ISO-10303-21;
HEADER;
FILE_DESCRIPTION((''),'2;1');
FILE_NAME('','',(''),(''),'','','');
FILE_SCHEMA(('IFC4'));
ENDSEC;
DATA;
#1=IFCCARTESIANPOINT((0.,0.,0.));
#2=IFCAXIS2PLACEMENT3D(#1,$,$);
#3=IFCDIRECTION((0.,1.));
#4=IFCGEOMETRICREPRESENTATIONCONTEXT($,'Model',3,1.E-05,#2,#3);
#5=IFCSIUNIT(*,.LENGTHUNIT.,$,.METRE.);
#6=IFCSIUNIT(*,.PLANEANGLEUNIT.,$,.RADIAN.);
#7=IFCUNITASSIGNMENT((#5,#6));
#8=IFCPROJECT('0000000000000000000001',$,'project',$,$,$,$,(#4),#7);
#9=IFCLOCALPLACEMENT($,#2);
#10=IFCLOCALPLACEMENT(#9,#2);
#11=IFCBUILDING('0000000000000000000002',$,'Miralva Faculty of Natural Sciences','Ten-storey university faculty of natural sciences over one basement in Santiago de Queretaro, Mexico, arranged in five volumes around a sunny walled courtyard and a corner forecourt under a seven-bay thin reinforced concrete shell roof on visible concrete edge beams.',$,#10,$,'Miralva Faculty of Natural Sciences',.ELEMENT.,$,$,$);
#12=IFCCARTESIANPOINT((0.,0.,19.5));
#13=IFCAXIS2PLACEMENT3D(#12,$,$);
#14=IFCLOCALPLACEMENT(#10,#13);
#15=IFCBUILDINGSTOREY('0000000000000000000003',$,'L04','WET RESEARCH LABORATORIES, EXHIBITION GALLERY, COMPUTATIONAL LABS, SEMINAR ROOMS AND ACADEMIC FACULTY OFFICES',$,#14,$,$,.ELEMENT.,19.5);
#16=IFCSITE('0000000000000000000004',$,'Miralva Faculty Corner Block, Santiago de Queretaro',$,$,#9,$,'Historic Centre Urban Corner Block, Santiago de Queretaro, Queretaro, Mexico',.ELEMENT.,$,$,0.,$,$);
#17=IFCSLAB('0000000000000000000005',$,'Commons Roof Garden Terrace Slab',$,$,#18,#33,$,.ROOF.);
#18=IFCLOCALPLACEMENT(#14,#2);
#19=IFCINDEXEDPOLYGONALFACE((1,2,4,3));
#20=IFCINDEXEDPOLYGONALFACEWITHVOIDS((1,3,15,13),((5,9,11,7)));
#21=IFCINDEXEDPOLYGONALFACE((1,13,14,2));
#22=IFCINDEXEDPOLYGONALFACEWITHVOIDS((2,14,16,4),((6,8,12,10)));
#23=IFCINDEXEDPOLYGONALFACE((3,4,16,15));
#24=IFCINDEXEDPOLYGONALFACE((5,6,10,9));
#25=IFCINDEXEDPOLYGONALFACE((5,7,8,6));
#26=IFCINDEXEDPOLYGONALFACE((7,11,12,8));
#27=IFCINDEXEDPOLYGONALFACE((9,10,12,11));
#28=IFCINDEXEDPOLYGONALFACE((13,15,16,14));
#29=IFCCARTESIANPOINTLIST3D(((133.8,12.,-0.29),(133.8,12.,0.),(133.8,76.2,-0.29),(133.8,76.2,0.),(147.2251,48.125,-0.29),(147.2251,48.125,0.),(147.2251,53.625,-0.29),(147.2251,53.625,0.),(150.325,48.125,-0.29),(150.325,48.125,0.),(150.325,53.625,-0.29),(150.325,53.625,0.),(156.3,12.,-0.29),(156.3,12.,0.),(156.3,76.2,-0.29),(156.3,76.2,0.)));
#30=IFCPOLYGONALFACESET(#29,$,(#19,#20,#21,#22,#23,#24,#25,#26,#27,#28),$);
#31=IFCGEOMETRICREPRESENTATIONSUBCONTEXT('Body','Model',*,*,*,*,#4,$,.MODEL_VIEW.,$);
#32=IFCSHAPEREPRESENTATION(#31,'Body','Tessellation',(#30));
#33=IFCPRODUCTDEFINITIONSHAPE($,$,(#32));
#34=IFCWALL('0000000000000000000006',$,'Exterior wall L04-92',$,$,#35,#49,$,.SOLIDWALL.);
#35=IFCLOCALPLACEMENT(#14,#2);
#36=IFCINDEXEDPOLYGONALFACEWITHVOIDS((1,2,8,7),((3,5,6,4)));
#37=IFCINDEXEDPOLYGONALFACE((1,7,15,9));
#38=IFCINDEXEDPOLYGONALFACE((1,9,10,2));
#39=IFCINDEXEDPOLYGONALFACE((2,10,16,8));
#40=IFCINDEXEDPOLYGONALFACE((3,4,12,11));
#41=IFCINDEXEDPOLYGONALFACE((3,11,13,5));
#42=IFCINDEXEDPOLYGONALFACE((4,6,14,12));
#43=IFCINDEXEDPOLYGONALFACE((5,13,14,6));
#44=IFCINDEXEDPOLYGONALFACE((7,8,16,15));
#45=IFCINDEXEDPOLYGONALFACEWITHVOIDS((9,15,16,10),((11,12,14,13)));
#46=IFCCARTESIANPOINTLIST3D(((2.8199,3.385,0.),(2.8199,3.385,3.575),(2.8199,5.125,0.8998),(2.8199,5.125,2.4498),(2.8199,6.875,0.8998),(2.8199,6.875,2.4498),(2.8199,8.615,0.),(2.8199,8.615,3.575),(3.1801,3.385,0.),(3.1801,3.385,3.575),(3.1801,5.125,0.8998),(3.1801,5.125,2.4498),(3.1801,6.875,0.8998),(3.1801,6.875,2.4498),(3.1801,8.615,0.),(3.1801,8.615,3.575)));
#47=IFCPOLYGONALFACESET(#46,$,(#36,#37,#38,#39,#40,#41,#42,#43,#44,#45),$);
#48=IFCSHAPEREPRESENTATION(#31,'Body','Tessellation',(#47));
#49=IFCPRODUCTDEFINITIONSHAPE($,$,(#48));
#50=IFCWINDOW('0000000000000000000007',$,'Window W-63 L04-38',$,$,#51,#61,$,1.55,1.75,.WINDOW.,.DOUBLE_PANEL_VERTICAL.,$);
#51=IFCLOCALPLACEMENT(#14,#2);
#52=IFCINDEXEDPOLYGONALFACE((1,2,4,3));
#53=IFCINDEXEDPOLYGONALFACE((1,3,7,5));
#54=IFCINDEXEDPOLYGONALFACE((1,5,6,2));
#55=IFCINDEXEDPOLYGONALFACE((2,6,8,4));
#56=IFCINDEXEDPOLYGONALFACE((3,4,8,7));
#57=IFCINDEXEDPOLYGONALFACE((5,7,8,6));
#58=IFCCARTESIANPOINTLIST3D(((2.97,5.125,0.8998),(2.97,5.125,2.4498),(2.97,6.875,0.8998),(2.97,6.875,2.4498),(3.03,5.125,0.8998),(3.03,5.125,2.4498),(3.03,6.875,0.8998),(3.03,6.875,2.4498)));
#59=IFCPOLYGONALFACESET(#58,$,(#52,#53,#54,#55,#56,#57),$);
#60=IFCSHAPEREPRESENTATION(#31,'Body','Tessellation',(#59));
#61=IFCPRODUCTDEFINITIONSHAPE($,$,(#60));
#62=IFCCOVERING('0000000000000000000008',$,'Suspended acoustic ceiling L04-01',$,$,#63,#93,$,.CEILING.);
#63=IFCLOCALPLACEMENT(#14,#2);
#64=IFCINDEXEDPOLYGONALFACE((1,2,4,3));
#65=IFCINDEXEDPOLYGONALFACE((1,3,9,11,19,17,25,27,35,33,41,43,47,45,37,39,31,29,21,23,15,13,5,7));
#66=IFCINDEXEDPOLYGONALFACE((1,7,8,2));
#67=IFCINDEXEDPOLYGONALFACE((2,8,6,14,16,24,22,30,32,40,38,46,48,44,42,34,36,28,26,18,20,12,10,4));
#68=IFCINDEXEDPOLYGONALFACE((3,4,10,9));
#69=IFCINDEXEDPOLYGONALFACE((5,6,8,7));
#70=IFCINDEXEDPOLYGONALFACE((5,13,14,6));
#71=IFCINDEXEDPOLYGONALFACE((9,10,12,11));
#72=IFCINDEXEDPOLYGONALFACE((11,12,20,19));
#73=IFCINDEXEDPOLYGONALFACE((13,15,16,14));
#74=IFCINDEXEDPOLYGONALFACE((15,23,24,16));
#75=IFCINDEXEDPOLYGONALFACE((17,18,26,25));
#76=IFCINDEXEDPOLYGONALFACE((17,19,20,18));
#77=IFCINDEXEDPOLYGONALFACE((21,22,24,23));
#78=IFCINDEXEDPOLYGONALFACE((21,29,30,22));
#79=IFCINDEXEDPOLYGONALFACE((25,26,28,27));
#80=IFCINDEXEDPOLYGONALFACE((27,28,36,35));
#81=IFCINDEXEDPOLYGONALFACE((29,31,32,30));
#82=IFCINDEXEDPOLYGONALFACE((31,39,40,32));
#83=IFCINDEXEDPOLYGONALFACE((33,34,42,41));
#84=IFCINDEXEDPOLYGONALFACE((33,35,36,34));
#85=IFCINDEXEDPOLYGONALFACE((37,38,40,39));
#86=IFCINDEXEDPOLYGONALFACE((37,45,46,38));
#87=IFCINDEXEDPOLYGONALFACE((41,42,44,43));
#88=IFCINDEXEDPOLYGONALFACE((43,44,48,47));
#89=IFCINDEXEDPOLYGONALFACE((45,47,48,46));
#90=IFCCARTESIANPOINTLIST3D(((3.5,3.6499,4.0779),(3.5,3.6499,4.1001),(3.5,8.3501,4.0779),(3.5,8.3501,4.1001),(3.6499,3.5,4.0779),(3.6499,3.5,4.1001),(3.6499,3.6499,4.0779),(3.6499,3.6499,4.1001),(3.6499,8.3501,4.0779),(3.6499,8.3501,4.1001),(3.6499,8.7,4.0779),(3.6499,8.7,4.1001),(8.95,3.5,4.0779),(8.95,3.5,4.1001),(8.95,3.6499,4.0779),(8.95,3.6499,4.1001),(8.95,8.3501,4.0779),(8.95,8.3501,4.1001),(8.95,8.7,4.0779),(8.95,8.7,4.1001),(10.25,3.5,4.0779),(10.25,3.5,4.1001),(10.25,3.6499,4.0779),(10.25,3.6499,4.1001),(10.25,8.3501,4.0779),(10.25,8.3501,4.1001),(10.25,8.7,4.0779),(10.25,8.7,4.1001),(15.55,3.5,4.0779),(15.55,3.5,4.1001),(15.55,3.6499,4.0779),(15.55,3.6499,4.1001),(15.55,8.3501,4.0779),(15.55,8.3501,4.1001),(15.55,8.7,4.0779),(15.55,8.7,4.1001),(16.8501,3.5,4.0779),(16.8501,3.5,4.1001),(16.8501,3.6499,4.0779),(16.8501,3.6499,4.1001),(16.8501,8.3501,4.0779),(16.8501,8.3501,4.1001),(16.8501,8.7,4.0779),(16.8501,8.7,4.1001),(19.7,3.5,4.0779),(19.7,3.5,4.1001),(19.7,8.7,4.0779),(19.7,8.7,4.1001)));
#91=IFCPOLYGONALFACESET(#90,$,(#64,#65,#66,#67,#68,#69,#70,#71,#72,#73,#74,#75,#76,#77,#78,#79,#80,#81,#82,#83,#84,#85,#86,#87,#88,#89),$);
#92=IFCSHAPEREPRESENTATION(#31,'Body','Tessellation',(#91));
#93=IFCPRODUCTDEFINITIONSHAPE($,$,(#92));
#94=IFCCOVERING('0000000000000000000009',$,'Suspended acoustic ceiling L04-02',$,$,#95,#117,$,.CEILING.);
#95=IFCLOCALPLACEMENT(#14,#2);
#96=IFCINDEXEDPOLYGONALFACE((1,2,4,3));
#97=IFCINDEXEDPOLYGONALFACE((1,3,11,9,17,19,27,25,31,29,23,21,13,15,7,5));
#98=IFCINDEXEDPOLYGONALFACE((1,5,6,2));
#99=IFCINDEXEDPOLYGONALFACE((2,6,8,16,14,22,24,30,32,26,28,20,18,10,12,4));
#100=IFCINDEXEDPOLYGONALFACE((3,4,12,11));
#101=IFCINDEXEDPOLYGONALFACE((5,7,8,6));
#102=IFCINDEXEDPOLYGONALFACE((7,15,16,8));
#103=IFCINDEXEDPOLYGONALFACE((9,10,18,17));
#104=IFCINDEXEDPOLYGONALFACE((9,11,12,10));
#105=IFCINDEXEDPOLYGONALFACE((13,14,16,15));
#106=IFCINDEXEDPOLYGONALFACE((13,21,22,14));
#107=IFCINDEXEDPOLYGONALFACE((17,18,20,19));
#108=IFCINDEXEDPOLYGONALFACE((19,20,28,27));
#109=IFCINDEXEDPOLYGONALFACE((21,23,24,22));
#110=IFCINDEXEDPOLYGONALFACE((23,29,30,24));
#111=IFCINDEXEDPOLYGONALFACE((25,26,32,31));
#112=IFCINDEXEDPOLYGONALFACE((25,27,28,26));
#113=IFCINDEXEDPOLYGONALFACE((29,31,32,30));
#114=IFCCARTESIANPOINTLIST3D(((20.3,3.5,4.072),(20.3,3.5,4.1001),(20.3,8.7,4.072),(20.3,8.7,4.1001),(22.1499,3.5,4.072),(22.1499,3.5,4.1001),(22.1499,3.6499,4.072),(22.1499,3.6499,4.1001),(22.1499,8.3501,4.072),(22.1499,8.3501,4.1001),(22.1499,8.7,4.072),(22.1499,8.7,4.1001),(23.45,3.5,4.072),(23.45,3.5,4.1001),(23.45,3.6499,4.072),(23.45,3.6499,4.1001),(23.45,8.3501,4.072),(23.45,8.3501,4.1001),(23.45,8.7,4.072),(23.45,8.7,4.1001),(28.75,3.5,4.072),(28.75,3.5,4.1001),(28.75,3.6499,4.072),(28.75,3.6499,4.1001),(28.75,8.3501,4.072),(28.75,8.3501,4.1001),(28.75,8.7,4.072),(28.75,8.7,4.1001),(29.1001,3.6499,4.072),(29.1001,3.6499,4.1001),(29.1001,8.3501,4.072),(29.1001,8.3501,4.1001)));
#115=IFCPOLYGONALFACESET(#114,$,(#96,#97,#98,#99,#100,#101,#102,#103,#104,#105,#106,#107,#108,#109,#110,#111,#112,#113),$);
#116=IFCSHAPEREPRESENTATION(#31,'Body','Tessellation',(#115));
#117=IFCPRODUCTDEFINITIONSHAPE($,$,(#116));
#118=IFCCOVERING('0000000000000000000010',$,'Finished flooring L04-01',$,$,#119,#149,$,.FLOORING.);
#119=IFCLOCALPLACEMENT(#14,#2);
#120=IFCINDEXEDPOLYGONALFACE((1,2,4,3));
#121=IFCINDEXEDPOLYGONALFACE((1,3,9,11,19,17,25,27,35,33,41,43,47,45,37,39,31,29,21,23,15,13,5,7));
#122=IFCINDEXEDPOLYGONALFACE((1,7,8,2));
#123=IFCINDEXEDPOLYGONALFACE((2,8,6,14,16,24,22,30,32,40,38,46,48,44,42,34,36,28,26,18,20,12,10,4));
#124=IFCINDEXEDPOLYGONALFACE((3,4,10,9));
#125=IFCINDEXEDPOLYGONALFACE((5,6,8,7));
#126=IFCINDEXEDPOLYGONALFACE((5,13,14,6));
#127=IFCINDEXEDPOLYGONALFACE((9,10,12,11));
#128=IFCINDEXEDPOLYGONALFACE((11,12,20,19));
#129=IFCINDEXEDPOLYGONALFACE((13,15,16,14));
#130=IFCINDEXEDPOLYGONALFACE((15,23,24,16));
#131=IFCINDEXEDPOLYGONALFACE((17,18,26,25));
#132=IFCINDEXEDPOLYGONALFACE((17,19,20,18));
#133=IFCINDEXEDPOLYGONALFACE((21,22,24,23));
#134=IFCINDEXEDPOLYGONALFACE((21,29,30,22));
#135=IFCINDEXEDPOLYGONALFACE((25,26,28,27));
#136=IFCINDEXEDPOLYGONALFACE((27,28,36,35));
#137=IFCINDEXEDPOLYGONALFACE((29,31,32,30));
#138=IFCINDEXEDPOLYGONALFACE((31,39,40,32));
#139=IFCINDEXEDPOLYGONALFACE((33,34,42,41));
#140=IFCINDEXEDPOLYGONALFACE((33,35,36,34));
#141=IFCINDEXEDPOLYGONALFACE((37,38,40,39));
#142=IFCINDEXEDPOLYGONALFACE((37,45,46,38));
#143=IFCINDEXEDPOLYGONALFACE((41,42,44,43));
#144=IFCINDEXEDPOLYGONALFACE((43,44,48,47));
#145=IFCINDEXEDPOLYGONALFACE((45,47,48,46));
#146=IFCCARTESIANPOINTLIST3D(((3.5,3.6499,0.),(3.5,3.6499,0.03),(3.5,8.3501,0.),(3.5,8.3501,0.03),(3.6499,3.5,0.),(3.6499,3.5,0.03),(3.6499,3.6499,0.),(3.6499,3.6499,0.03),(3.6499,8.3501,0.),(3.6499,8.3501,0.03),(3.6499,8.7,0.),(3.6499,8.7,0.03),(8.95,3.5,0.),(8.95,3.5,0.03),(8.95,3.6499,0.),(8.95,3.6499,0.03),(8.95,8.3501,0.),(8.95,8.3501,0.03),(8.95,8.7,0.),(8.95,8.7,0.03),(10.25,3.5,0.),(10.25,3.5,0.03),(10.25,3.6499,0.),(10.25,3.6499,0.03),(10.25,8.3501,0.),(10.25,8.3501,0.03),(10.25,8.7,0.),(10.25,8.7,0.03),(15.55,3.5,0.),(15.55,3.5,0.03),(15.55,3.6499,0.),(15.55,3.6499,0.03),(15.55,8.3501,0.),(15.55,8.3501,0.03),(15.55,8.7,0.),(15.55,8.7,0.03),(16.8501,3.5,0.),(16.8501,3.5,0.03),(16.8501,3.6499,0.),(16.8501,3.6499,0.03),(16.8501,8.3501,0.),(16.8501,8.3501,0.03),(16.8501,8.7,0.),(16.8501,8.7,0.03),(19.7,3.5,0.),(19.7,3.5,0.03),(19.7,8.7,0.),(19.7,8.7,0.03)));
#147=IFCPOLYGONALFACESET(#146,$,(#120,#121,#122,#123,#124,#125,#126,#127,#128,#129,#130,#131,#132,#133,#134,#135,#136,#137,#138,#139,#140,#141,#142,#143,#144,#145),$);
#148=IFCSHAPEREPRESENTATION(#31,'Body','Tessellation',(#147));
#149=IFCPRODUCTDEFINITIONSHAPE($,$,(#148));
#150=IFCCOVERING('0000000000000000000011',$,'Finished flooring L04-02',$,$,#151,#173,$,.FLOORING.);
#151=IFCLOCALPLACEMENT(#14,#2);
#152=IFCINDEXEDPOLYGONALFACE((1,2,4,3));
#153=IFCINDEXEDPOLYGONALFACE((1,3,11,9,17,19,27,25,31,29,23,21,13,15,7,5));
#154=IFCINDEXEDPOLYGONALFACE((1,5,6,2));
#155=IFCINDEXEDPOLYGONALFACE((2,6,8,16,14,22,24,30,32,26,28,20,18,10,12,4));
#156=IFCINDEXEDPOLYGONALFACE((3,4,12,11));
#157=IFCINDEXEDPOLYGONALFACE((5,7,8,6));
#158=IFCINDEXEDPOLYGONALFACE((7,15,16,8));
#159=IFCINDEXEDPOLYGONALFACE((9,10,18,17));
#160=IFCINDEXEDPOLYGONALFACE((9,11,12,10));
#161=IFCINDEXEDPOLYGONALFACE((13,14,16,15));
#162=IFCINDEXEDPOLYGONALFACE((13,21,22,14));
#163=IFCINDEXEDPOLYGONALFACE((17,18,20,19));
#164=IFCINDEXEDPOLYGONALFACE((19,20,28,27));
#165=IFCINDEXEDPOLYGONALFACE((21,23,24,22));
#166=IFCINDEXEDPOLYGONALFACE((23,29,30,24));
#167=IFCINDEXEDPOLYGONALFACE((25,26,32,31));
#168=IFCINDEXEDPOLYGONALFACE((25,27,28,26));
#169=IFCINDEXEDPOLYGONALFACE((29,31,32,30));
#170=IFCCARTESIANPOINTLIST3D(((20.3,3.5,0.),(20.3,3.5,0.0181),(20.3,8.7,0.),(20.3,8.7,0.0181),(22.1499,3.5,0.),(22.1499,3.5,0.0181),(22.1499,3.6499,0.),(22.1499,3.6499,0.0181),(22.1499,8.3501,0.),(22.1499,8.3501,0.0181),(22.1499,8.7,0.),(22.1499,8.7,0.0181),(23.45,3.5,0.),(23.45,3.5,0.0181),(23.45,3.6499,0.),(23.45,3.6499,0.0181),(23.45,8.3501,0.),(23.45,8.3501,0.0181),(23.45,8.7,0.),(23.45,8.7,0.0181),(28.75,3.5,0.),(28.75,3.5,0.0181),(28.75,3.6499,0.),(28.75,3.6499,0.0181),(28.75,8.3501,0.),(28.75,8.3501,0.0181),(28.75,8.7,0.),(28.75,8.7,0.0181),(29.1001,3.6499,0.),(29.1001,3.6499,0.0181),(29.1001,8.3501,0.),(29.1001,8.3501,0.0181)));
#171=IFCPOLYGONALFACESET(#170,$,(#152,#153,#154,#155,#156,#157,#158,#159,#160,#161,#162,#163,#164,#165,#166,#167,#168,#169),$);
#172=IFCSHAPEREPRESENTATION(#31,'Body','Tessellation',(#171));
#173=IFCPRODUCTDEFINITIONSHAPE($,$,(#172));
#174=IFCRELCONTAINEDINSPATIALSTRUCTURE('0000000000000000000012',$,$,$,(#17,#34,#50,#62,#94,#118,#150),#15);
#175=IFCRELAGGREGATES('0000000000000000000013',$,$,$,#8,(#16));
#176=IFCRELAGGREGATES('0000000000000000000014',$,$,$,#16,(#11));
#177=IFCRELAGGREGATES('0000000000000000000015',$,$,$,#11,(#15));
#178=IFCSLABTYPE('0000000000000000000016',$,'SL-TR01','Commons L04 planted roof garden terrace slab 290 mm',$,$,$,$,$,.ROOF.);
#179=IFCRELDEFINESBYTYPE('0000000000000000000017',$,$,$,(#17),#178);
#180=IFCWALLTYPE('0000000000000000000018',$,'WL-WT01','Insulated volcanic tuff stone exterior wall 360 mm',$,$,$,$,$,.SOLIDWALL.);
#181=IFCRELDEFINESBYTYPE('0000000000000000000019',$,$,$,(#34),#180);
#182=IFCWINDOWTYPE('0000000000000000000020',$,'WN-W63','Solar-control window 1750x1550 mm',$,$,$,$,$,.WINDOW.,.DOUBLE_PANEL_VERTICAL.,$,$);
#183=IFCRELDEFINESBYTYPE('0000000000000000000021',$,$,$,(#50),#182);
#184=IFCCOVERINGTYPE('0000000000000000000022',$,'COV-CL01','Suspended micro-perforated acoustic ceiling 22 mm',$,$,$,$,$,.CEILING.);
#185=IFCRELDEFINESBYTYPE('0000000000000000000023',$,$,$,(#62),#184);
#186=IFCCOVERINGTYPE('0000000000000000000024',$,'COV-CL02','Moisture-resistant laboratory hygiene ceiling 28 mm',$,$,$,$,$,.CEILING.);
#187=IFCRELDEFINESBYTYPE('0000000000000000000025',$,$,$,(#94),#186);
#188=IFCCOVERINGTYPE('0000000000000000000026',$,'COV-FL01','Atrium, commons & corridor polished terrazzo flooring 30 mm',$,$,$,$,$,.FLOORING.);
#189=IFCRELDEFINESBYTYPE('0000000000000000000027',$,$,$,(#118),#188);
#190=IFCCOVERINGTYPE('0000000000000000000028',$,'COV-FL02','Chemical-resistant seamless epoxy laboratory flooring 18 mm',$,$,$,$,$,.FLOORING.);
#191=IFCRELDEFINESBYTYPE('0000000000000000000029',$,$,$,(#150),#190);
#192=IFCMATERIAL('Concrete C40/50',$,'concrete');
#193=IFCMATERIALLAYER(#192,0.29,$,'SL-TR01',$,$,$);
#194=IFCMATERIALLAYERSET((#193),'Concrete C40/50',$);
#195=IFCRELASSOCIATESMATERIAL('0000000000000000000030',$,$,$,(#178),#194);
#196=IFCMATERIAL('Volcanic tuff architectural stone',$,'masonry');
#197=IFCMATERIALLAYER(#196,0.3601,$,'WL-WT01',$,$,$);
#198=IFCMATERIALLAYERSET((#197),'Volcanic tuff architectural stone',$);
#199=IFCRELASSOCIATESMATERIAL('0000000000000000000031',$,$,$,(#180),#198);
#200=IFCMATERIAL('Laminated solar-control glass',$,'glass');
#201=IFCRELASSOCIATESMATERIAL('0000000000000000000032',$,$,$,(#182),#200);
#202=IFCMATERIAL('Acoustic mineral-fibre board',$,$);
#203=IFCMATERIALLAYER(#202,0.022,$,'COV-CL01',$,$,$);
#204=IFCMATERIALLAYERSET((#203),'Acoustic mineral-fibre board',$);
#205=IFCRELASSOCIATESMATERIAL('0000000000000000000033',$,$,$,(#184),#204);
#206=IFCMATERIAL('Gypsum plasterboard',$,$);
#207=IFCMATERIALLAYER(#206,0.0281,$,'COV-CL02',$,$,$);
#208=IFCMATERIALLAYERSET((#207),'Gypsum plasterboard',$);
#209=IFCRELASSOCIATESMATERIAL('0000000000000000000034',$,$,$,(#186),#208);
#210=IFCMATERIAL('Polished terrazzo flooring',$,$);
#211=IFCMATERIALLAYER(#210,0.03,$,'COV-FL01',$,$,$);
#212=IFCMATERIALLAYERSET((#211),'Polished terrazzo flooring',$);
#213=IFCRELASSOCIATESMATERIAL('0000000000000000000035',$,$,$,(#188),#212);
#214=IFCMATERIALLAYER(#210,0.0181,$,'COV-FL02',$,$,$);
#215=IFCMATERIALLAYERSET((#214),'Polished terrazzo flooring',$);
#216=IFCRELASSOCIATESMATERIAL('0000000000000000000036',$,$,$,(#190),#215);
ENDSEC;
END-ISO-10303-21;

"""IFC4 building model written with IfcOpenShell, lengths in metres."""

from ifc_helpers import new_model, si_unit, direction, frame, frame_2d, origin, place, context, subcontext, project, spatial, polyline, rectangle, outline, extrude, material, layer, layer_set, type_object, element, fill, save


model = new_model("IFC4")

# Units and contexts
model_context = context("Model", 3, precision=1e-05, world=origin(), true_north=direction((0.0, 1.0)))
body_context = subcontext(model_context, "Body", "Model", "MODEL_VIEW")
ifc_project = project(units=[si_unit("LENGTHUNIT", "METRE"), si_unit("PLANEANGLEUNIT", "RADIAN")], contexts=[model_context])

# Site, building, storey
site_placement = place(None, origin())
site = spatial("IfcSite", under=ifc_project, at=site_placement, Name="Miralva Faculty Corner Block, Santiago de Queretaro", LongName="Historic Centre Urban Corner Block, Santiago de Queretaro, Queretaro, Mexico", CompositionType="ELEMENT", RefElevation=0.0)
building_placement = place(site_placement, origin())
building = spatial("IfcBuilding", under=site, at=building_placement, Name="Miralva Faculty of Natural Sciences", Description="Ten-storey university faculty of natural sciences over one basement in Santiago de Queretaro, Mexico, arranged in five volumes around a sunny walled courtyard and a corner forecourt under a seven-bay thin reinforced concrete shell roof on visible concrete edge beams.", LongName="Miralva Faculty of Natural Sciences", CompositionType="ELEMENT")
storey_placement = place(building_placement, frame((0.0, 0.0, 19.5)))
storey = spatial("IfcBuildingStorey", under=building, at=storey_placement, Name="L04", Description="WET RESEARCH LABORATORIES, EXHIBITION GALLERY, COMPUTATIONAL LABS, SEMINAR ROOMS AND ACADEMIC FACULTY OFFICES", CompositionType="ELEMENT", Elevation=19.5)

# Shared definitions
ifc_material_1 = material(Name="Concrete C40/50", Category="concrete")

# Shared definitions
ifc_material_2 = material(Name="Laminated solar-control glass", Category="glass")

# Slab
ifc_layer_1 = layer(ifc_material_1, 0.29, Name="SL-TR01")
ifc_layer_set_1 = layer_set([ifc_layer_1], Name="Concrete C40/50")
slab_type_1 = type_object("IfcSlabType", Name="SL-TR01", Description="Commons L04 planted roof garden terrace slab 290 mm", PredefinedType="ROOF", material=ifc_layer_set_1)
slab_1_placement = place(storey_placement, frame((0.0, 0.0, -0.29)))
element("IfcSlab", 1, at=slab_1_placement, inside=storey, type_object=slab_type_1, Name="Commons Roof Garden Terrace Slab", PredefinedType="ROOF", context=body_context, shape_type="SweptSolid", body=[
    extrude(outline(polyline([(156.3, 12.0), (133.8, 12.0), (133.8, 76.2), (156.3, 76.2), (156.3, 12.0)]), holes=[polyline([(150.325, 48.125), (147.2251, 48.125), (147.2251, 53.625), (150.325, 53.625), (150.325, 48.125)])]), origin(), (0.0, 0.0, 1.0), 0.29),
])

# Wall, opening, window
ifc_material_3 = material(Name="Volcanic tuff architectural stone", Category="masonry")
ifc_layer_2 = layer(ifc_material_3, 0.3601, Name="WL-WT01")
ifc_layer_set_2 = layer_set([ifc_layer_2], Name="Volcanic tuff architectural stone")
wall_type = type_object("IfcWallType", Name="WL-WT01", Description="Insulated volcanic tuff stone exterior wall 360 mm", PredefinedType="SOLIDWALL", material=ifc_layer_set_2)
wall_placement = place(storey_placement, frame((3.0, 3.385, 0.0), z_axis=(0.0, 0.0, 1.0), x_axis=(0.0, 1.0, 0.0)))
wall = element("IfcWall", 2, at=wall_placement, inside=storey, type_object=wall_type, Name="Exterior wall L04-92", PredefinedType="SOLIDWALL", context=body_context, shape_type="SweptSolid", body=[
    extrude(rectangle(XDim=5.23, YDim=0.3601, at=frame_2d((2.615, 0.0))), origin(), (0.0, 0.0, 1.0), 3.575),
])
opening_1_placement = place(wall_placement, frame((1.74, 0.0, 0.8999)))
opening_1 = element("IfcOpeningElement", 3, at=opening_1_placement, cuts=wall, PredefinedType="OPENING", context=body_context, shape_type="SweptSolid", body=[
    extrude(rectangle(XDim=1.75, YDim=1.55, at=frame_2d((0.875, 0.7749))), frame((0.0, 0.1899, 0.0), z_axis=(0.0, -1.0, 0.0), x_axis=(1.0, 0.0, 0.0)), (0.0, 0.0, 1.0), 0.3801),
])
window_type_1 = type_object("IfcWindowType", Name="WN-W63", Description="Solar-control window 1750x1550 mm", PartitioningType="DOUBLE_PANEL_VERTICAL", PredefinedType="WINDOW", material=ifc_material_2)
window_1_placement = place(opening_1_placement, origin())
window_1 = element("IfcWindow", 4, at=window_1_placement, inside=storey, type_object=window_type_1, Name="Window W-63 L04-38", OverallHeight=1.55, OverallWidth=1.75, PartitioningType="DOUBLE_PANEL_VERTICAL", PredefinedType="WINDOW", context=body_context, shape_type="SweptSolid", body=[
    extrude(rectangle(XDim=1.75, YDim=1.55, at=frame_2d((0.875, 0.7749))), frame((0.0, 0.03, 0.0), z_axis=(0.0, -1.0, 0.0), x_axis=(1.0, 0.0, 0.0)), (0.0, 0.0, 1.0), 0.0601),
])
fill(opening_1, window_1)

# Coverings
ifc_material_4 = material(Name="Acoustic mineral-fibre board")
ifc_layer_3 = layer(ifc_material_4, 0.022, Name="COV-CL01")
ifc_layer_set_3 = layer_set([ifc_layer_3], Name="Acoustic mineral-fibre board")
covering_type_1 = type_object("IfcCoveringType", Name="COV-CL01", Description="Suspended micro-perforated acoustic ceiling 22 mm", PredefinedType="CEILING", material=ifc_layer_set_3)
covering_1_placement = place(storey_placement, frame((0.0, 0.0, 4.0779)))
element("IfcCovering", 5, at=covering_1_placement, inside=storey, type_object=covering_type_1, Name="Suspended acoustic ceiling L04-01", PredefinedType="CEILING", context=body_context, shape_type="SweptSolid", body=[
    extrude(outline(polyline([(10.25, 3.6499), (8.95, 3.6499), (8.95, 3.5), (3.6499, 3.5), (3.6499, 3.6499), (3.5, 3.6499), (3.5, 8.3501), (3.6499, 8.3501), (3.6499, 8.7), (8.95, 8.7), (8.95, 8.3501), (10.25, 8.3501), (10.25, 8.7), (15.55, 8.7), (15.55, 8.3501), (16.8501, 8.3501), (16.8501, 8.7), (19.7, 8.7), (19.7, 3.5), (16.8501, 3.5), (16.8501, 3.6499), (15.55, 3.6499), (15.55, 3.5), (10.25, 3.5), (10.25, 3.6499)])), origin(), (0.0, 0.0, 1.0), 0.0222),
])
ifc_material_5 = material(Name="Gypsum plasterboard")
ifc_layer_4 = layer(ifc_material_5, 0.0281, Name="COV-CL02")
ifc_layer_set_4 = layer_set([ifc_layer_4], Name="Gypsum plasterboard")
covering_type_2 = type_object("IfcCoveringType", Name="COV-CL02", Description="Moisture-resistant laboratory hygiene ceiling 28 mm", PredefinedType="CEILING", material=ifc_layer_set_4)
covering_2_placement = place(storey_placement, frame((0.0, 0.0, 4.072)))
element("IfcCovering", 6, at=covering_2_placement, inside=storey, type_object=covering_type_2, Name="Suspended acoustic ceiling L04-02", PredefinedType="CEILING", context=body_context, shape_type="SweptSolid", body=[
    extrude(outline(polyline([(23.45, 3.6499), (22.1499, 3.6499), (22.1499, 3.5), (20.3, 3.5), (20.3, 8.7), (22.1499, 8.7), (22.1499, 8.3501), (23.45, 8.3501), (23.45, 8.7), (28.75, 8.7), (28.75, 8.3501), (29.1001, 8.3501), (29.1001, 3.6499), (28.75, 3.6499), (28.75, 3.5), (23.45, 3.5), (23.45, 3.6499)])), origin(), (0.0, 0.0, 1.0), 0.0281),
])
ifc_material_6 = material(Name="Polished terrazzo flooring")
ifc_layer_5 = layer(ifc_material_6, 0.03, Name="COV-FL01")
ifc_layer_set_5 = layer_set([ifc_layer_5], Name="Polished terrazzo flooring")
covering_type_3 = type_object("IfcCoveringType", Name="COV-FL01", Description="Atrium, commons & corridor polished terrazzo flooring 30 mm", PredefinedType="FLOORING", material=ifc_layer_set_5)
covering_3_placement = place(storey_placement, origin())
element("IfcCovering", 7, at=covering_3_placement, inside=storey, type_object=covering_type_3, Name="Finished flooring L04-01", PredefinedType="FLOORING", context=body_context, shape_type="SweptSolid", body=[
    extrude(outline(polyline([(10.25, 3.6499), (8.95, 3.6499), (8.95, 3.5), (3.6499, 3.5), (3.6499, 3.6499), (3.5, 3.6499), (3.5, 8.3501), (3.6499, 8.3501), (3.6499, 8.7), (8.95, 8.7), (8.95, 8.3501), (10.25, 8.3501), (10.25, 8.7), (15.55, 8.7), (15.55, 8.3501), (16.8501, 8.3501), (16.8501, 8.7), (19.7, 8.7), (19.7, 3.5), (16.8501, 3.5), (16.8501, 3.6499), (15.55, 3.6499), (15.55, 3.5), (10.25, 3.5), (10.25, 3.6499)])), origin(), (0.0, 0.0, 1.0), 0.03),
])
ifc_layer_6 = layer(ifc_material_6, 0.0181, Name="COV-FL02")
ifc_layer_set_6 = layer_set([ifc_layer_6], Name="Polished terrazzo flooring")
covering_type_4 = type_object("IfcCoveringType", Name="COV-FL02", Description="Chemical-resistant seamless epoxy laboratory flooring 18 mm", PredefinedType="FLOORING", material=ifc_layer_set_6)
covering_4_placement = place(storey_placement, origin())
element("IfcCovering", 8, at=covering_4_placement, inside=storey, type_object=covering_type_4, Name="Finished flooring L04-02", PredefinedType="FLOORING", context=body_context, shape_type="SweptSolid", body=[
    extrude(outline(polyline([(23.45, 3.6499), (22.1499, 3.6499), (22.1499, 3.5), (20.3, 3.5), (20.3, 8.7), (22.1499, 8.7), (22.1499, 8.3501), (23.45, 8.3501), (23.45, 8.7), (28.75, 8.7), (28.75, 8.3501), (29.1001, 8.3501), (29.1001, 3.6499), (28.75, 3.6499), (28.75, 3.5), (23.45, 3.5), (23.45, 3.6499)])), origin(), (0.0, 0.0, 1.0), 0.0181),
])

save(model, "model.ifc")
